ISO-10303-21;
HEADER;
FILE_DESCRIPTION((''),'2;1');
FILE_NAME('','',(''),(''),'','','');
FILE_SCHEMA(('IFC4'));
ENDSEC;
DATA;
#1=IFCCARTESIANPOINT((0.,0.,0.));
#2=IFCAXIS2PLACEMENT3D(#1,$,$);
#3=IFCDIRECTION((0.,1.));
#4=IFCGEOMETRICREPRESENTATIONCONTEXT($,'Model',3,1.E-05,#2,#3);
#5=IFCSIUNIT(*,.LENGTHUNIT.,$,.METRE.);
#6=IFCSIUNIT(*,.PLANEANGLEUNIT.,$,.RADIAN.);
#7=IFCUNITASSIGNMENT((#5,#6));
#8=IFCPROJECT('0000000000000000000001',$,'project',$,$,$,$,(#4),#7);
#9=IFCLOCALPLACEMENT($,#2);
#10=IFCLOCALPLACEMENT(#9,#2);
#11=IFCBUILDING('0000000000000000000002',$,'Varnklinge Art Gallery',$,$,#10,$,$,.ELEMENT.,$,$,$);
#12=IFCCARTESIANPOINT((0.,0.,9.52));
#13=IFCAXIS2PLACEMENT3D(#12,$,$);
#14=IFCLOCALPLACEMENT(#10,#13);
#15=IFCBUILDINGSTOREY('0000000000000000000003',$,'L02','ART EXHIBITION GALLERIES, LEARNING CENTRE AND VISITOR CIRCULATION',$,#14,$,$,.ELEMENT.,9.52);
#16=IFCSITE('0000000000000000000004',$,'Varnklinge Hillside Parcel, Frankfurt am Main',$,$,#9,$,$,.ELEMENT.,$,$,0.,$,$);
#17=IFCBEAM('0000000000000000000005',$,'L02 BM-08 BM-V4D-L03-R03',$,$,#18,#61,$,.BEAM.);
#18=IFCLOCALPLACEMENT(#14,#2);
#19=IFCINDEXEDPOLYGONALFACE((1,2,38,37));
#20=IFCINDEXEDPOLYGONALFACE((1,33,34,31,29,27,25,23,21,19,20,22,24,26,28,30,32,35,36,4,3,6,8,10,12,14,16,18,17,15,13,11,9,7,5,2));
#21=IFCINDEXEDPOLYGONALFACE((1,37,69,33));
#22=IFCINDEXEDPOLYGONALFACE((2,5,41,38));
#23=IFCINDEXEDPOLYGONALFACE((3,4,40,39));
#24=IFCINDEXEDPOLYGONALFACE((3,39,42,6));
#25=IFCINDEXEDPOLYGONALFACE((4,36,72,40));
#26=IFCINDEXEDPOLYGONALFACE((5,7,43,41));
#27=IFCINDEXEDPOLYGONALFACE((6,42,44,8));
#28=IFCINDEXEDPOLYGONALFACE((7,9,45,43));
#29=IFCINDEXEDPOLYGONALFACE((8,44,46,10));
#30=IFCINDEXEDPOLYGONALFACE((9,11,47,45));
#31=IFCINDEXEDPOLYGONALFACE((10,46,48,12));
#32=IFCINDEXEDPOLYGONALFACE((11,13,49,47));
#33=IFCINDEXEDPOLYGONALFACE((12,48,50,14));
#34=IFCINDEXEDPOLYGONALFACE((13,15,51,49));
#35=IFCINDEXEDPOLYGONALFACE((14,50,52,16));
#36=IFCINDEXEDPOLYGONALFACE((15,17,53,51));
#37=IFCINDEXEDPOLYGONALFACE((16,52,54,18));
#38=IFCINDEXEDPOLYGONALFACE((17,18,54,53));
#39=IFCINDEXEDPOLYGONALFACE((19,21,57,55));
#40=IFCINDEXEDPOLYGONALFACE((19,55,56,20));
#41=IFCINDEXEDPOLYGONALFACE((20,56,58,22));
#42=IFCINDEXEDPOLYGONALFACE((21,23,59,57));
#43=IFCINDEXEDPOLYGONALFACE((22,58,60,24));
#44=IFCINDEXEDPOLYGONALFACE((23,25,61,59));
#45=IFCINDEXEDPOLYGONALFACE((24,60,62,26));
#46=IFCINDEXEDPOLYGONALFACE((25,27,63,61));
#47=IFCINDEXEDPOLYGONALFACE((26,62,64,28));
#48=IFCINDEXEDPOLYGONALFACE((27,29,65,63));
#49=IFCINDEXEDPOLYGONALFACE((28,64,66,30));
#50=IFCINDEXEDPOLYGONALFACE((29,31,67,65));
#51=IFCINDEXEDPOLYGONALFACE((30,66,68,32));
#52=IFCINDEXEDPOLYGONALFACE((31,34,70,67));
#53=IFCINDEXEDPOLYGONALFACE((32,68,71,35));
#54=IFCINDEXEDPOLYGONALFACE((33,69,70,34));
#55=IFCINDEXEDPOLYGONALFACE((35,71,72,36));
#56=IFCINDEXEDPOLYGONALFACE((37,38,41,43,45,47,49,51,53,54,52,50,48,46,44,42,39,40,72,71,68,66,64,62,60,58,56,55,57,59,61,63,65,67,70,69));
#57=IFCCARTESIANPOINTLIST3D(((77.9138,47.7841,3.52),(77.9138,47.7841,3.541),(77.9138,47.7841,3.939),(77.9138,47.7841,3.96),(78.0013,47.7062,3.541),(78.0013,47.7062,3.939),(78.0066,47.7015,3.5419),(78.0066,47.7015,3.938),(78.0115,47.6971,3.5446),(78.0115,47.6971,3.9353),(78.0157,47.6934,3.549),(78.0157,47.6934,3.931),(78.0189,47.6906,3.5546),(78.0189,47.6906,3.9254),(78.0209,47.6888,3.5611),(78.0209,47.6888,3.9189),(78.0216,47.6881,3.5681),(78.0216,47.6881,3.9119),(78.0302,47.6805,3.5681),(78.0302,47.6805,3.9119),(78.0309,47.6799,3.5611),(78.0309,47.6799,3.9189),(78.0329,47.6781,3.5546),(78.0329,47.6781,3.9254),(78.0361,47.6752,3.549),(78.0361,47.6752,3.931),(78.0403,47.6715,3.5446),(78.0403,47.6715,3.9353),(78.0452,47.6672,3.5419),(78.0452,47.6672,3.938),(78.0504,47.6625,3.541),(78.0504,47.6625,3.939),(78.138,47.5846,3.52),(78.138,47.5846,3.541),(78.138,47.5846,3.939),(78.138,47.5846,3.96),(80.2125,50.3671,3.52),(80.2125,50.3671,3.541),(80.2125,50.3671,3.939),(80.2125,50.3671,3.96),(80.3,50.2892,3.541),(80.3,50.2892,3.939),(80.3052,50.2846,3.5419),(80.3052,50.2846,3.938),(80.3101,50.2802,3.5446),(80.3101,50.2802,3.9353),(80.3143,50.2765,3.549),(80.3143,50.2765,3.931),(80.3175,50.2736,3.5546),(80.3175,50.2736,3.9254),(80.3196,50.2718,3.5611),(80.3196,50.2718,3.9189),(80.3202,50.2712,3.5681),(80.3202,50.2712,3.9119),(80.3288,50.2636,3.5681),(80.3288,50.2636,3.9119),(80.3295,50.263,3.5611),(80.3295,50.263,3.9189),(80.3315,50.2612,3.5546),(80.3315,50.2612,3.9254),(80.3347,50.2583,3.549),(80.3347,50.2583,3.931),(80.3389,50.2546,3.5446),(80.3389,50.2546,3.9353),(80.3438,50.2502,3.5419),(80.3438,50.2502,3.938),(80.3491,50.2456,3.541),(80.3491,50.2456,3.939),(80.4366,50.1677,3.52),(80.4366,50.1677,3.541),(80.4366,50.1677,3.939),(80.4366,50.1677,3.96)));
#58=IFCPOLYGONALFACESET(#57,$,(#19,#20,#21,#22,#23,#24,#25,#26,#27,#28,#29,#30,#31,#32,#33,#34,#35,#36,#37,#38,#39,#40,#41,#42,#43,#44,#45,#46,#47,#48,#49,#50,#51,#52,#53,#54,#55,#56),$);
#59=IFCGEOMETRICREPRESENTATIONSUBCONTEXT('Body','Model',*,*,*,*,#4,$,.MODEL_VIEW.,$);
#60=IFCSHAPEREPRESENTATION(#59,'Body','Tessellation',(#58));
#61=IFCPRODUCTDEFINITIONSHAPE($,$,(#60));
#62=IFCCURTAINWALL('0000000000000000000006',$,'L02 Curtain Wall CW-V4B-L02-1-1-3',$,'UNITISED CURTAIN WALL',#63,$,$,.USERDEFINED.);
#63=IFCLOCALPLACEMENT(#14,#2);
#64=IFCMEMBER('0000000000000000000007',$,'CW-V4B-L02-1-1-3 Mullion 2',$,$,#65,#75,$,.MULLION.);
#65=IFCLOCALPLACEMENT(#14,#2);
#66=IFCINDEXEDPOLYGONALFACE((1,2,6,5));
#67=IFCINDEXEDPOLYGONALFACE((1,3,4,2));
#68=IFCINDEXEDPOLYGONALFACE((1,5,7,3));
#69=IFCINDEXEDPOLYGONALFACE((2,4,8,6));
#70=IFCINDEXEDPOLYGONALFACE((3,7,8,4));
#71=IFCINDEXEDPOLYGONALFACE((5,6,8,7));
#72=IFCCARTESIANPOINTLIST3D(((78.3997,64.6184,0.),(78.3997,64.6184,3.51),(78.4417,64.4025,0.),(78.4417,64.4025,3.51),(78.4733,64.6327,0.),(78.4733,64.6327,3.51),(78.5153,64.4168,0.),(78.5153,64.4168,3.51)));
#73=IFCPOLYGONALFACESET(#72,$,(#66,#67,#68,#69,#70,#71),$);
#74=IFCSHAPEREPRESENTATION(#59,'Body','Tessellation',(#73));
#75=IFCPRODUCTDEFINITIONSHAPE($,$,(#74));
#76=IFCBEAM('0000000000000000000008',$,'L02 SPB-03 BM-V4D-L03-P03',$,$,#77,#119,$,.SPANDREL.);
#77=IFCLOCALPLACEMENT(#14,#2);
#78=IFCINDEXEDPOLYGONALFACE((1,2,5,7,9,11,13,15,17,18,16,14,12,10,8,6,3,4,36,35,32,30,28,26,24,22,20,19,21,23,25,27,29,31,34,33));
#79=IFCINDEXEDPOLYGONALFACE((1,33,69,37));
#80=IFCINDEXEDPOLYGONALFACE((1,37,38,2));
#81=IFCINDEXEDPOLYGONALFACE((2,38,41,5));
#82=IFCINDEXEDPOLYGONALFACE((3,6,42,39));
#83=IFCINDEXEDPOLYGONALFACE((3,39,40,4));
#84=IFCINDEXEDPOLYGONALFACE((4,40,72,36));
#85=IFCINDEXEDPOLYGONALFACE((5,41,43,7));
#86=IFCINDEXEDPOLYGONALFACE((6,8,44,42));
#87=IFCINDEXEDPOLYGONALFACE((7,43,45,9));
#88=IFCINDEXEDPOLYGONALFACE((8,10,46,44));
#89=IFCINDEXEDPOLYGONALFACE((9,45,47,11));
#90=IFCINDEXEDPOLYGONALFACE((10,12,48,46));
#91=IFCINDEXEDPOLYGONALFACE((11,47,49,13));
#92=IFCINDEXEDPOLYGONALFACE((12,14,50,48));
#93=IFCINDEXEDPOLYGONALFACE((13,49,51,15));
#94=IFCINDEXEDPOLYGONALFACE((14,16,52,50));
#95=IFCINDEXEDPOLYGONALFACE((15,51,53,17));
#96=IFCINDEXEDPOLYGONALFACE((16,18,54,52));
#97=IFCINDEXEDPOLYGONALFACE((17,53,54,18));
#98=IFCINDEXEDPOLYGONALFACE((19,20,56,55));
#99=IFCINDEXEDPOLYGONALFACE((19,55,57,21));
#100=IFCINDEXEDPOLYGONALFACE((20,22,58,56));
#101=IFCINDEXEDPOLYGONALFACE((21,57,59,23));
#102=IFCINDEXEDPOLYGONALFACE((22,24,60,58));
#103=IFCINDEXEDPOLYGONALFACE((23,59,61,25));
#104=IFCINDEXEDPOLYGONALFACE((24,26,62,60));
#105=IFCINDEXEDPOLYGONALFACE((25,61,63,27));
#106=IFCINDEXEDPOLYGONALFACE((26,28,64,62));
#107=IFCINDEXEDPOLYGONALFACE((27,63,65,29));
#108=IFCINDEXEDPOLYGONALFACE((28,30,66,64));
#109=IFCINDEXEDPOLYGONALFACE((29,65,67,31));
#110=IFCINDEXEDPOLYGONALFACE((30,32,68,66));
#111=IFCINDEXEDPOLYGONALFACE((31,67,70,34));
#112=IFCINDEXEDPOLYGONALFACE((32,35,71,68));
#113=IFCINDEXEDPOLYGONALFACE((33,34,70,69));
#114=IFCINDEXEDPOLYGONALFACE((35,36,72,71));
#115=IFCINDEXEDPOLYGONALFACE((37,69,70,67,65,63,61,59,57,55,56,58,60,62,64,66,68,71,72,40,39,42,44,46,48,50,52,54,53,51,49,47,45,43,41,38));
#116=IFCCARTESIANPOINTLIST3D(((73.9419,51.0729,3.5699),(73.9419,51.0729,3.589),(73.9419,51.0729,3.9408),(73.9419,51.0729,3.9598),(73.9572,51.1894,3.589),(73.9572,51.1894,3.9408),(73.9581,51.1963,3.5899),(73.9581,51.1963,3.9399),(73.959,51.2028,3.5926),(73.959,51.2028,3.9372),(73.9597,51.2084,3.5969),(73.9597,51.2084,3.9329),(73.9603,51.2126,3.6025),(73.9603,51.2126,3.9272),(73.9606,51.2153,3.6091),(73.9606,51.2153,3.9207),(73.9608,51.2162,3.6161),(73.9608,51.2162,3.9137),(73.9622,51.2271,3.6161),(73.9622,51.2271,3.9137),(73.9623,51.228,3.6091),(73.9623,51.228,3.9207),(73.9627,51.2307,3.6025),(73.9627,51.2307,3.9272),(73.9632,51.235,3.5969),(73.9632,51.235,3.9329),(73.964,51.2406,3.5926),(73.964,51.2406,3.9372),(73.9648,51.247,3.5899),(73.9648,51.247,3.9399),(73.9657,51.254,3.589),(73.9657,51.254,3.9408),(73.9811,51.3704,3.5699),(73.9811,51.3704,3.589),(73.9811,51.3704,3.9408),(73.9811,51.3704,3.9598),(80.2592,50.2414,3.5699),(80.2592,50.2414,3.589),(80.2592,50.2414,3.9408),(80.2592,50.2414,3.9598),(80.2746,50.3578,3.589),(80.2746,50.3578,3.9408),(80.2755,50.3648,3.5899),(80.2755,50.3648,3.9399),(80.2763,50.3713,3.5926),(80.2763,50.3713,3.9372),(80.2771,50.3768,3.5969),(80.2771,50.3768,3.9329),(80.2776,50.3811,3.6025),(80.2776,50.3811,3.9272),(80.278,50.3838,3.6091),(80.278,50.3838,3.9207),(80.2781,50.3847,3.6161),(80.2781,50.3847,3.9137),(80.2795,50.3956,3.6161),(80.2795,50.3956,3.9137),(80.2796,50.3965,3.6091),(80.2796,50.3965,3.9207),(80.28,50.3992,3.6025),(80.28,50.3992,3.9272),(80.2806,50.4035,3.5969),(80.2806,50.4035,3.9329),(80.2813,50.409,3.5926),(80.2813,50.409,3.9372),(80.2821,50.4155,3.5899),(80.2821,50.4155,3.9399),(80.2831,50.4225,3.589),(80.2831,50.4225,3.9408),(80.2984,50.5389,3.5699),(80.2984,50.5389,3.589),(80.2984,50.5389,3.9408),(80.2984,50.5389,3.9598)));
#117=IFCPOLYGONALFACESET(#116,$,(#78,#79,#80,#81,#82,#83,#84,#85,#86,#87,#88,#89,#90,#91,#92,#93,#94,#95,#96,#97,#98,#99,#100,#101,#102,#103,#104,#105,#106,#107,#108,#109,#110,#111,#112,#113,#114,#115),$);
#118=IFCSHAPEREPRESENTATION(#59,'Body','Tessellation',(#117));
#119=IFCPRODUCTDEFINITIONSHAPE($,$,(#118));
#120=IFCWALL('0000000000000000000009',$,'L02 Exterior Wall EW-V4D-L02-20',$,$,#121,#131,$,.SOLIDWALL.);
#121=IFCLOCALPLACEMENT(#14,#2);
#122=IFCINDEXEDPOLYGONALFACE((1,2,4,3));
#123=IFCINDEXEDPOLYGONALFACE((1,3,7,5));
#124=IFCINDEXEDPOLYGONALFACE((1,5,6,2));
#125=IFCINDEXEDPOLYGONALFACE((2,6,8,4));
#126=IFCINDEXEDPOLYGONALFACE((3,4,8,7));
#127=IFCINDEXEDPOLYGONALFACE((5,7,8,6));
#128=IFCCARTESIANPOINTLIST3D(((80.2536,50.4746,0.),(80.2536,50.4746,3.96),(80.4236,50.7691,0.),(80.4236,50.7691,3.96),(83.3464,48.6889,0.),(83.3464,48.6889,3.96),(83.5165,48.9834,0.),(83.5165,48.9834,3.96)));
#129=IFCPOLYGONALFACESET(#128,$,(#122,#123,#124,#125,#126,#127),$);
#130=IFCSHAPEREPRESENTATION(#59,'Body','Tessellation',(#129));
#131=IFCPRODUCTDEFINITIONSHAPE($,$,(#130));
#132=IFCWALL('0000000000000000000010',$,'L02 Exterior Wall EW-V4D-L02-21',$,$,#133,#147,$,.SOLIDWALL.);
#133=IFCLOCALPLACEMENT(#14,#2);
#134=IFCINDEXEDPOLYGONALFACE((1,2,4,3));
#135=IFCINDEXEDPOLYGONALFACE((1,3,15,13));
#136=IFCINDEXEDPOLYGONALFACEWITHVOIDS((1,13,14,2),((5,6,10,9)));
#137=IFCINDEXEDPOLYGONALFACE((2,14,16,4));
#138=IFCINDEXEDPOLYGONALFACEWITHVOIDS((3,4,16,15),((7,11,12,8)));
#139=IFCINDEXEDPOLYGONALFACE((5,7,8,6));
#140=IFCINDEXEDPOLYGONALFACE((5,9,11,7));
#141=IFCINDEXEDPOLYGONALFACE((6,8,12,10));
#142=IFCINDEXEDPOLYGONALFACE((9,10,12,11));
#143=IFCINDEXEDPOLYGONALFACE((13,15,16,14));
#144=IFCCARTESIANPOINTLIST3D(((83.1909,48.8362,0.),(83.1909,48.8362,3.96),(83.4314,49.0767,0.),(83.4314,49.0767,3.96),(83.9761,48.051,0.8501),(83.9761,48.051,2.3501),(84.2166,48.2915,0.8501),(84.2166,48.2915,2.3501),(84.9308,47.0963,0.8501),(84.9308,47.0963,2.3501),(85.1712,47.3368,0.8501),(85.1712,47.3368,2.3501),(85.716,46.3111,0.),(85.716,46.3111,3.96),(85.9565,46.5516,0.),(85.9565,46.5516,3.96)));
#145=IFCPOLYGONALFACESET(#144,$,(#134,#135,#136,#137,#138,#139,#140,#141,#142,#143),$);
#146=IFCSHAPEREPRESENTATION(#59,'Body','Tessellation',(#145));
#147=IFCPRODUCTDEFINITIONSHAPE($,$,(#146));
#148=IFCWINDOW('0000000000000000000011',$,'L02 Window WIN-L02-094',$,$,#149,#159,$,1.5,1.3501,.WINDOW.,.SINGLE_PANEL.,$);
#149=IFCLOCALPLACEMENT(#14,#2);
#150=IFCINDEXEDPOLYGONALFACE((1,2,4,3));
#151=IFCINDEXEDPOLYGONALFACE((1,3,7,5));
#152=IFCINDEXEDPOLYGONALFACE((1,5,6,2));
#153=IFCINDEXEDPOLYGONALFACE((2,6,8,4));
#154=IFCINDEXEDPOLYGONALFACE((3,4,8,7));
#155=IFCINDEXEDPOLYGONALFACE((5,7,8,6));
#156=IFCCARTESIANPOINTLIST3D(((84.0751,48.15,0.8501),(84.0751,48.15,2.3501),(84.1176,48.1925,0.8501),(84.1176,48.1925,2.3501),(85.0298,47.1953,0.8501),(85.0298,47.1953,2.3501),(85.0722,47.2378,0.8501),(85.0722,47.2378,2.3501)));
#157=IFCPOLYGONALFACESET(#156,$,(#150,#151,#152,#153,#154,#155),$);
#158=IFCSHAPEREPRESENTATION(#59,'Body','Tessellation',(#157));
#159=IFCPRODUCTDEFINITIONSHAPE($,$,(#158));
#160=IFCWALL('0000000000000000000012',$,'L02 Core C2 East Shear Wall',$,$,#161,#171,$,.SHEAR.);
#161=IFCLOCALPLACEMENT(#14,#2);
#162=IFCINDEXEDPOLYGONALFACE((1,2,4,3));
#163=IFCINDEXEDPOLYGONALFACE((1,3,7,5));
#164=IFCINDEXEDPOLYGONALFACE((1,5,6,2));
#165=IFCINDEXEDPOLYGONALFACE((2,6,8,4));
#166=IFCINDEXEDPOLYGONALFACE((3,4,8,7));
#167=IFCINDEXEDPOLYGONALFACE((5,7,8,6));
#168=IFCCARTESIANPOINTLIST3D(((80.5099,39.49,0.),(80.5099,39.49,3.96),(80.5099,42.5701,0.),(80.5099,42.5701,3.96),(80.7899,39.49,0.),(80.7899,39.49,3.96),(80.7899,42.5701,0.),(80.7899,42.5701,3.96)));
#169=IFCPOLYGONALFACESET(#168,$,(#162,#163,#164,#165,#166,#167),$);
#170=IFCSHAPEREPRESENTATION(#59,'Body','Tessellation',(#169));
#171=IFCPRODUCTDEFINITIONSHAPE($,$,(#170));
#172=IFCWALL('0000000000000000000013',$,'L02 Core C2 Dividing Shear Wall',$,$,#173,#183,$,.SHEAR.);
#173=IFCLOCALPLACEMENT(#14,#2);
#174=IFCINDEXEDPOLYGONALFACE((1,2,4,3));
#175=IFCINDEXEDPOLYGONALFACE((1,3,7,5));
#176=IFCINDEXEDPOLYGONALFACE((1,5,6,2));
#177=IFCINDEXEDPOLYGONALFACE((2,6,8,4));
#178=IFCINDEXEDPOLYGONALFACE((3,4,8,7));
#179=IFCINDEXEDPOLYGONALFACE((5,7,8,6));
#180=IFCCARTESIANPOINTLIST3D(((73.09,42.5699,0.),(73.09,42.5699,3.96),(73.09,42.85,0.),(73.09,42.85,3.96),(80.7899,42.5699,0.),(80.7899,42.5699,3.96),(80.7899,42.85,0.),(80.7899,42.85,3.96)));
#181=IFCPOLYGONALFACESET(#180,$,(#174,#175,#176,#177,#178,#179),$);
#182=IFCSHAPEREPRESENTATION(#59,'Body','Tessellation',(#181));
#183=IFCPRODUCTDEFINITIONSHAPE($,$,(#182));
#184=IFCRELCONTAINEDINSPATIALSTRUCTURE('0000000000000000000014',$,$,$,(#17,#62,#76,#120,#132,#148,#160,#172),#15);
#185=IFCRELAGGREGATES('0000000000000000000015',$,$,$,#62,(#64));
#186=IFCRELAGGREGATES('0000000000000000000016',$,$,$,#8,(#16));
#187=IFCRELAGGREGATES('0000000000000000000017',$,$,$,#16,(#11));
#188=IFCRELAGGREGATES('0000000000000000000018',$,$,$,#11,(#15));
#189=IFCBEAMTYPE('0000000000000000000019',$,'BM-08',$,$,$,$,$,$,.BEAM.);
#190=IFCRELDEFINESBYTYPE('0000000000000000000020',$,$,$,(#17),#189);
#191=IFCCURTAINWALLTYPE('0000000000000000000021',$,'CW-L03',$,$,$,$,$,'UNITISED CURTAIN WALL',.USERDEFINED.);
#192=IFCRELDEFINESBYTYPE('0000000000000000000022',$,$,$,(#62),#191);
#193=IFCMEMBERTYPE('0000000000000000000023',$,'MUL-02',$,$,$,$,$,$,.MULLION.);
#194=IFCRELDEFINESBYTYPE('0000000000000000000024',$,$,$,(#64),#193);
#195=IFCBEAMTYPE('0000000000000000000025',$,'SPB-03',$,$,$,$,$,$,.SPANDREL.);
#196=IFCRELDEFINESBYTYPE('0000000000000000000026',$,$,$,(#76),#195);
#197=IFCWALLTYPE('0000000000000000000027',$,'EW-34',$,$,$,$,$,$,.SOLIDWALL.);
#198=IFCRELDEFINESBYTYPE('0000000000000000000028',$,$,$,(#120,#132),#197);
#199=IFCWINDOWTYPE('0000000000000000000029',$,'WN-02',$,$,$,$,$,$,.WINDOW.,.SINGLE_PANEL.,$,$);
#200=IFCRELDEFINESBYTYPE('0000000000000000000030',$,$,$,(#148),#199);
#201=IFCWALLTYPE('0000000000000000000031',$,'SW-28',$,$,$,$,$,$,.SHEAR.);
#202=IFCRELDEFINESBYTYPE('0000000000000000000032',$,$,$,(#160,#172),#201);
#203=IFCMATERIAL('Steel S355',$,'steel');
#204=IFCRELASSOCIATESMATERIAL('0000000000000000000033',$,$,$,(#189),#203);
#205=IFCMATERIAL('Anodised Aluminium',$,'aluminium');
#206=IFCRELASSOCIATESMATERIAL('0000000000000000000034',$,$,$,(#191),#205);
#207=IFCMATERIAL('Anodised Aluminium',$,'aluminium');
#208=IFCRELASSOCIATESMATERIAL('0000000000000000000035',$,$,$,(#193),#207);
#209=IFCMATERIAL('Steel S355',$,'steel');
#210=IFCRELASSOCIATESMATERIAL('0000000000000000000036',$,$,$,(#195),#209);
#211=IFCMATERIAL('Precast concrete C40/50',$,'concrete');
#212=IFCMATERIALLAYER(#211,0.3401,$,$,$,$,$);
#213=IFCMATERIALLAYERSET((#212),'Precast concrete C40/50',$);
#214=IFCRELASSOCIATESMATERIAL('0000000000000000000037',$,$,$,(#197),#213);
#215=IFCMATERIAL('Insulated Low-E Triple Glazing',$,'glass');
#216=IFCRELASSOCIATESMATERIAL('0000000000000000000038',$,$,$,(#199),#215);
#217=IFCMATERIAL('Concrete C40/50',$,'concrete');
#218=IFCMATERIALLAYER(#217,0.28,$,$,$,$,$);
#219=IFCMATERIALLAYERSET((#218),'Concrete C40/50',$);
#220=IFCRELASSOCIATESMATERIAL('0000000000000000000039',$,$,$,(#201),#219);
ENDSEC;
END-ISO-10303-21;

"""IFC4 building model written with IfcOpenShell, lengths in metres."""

from ifc_helpers import new_model, si_unit, direction, frame, frame_2d, origin, origin_2d, place, context, subcontext, project, spatial, rectangle, i_section, extrude, material, layer, layer_set, material_profile, profile_set, type_object, element, fill, aggregate, save


model = new_model("IFC4")

# Units and contexts
model_context = context("Model", 3, precision=1e-05, world=origin(), true_north=direction((0.0, 1.0)))
body_context = subcontext(model_context, "Body", "Model", "MODEL_VIEW")
ifc_project = project(units=[si_unit("LENGTHUNIT", "METRE"), si_unit("PLANEANGLEUNIT", "RADIAN")], contexts=[model_context])

# Site, building, storey
site_placement = place(None, origin())
site = spatial("IfcSite", under=ifc_project, at=site_placement, Name="Varnklinge Hillside Parcel, Frankfurt am Main", CompositionType="ELEMENT", RefElevation=0.0)
building_placement = place(site_placement, origin())
building = spatial("IfcBuilding", under=site, at=building_placement, Name="Varnklinge Art Gallery", CompositionType="ELEMENT")
storey_placement = place(building_placement, frame((0.0, 0.0, 9.52)))
storey = spatial("IfcBuildingStorey", under=building, at=storey_placement, Name="L02", Description="ART EXHIBITION GALLERIES, LEARNING CENTRE AND VISITOR CIRCULATION", CompositionType="ELEMENT", Elevation=9.52)

# Beam
ifc_material_1 = material(Name="Steel S355", Category="steel")
ifc_material_profile_1 = material_profile(ifc_material_1, i_section(OverallWidth=0.3, OverallDepth=0.4399, WebThickness=0.0115, FlangeThickness=0.021, FilletRadius=0.0271, at=origin_2d()), Name="HEA 450")
ifc_profile_set_1 = profile_set([ifc_material_profile_1], Name="Steel S355")
beam_type_1 = type_object("IfcBeamType", Name="BM-08", PredefinedType="BEAM", material=ifc_profile_set_1)
beam_1_placement = place(storey_placement, frame((78.0259, 47.6843, 3.74), z_axis=(0.66478, 0.747039, 0.0), x_axis=(-0.747039, 0.66478, 0.0)))
element("IfcBeam", 1, at=beam_1_placement, inside=storey, type_object=beam_type_1, Name="L02 BM-08 BM-V4D-L03-R03", PredefinedType="BEAM", context=body_context, shape_type="SweptSolid", body=[
    extrude(i_section(OverallWidth=0.3, OverallDepth=0.4399, WebThickness=0.0115, FlangeThickness=0.021, FilletRadius=0.0271, at=origin_2d()), origin(), (0.0, 0.0, 1.0), 3.4578),
])

# Curtain wall, member
ifc_material_2 = material(Name="Anodised Aluminium", Category="aluminium")
curtain_wall_type = type_object("IfcCurtainWallType", Name="CW-L03", ElementType="UNITISED CURTAIN WALL", PredefinedType="USERDEFINED", material=ifc_material_2)
curtain_wall_placement = place(storey_placement, origin())
curtain_wall = element("IfcCurtainWall", 2, at=curtain_wall_placement, inside=storey, type_object=curtain_wall_type, Name="L02 Curtain Wall CW-V4B-L02-1-1-3", ObjectType="UNITISED CURTAIN WALL", PredefinedType="USERDEFINED")
ifc_material_3 = material(Name="Anodised Aluminium", Category="aluminium")
ifc_material_profile_2 = material_profile(ifc_material_3, rectangle(XDim=0.075, YDim=0.22, at=origin_2d()), Name="ALU 75x220")
ifc_profile_set_2 = profile_set([ifc_material_profile_2], Name="Anodised Aluminium")
member_type = type_object("IfcMemberType", Name="MUL-02", PredefinedType="MULLION", material=ifc_profile_set_2)
member_placement = place(storey_placement, frame((78.4575, 64.5176, 0.0), z_axis=(0.0, 0.0, 1.0), x_axis=(0.981627, 0.190809, 0.0)))
member = element("IfcMember", 3, at=member_placement, type_object=member_type, Name="CW-V4B-L02-1-1-3 Mullion 2", PredefinedType="MULLION", context=body_context, shape_type="SweptSolid", body=[
    extrude(rectangle(XDim=0.075, YDim=0.22, at=origin_2d()), origin(), (0.0, 0.0, 1.0), 3.51),
])
aggregate(curtain_wall, [member])

# Beam
ifc_material_4 = material(Name="Steel S355", Category="steel")
ifc_material_profile_3 = material_profile(ifc_material_4, i_section(OverallWidth=0.3, OverallDepth=0.3899, WebThickness=0.011, FlangeThickness=0.019, FilletRadius=0.0271, at=origin_2d()), Name="HEA 400")
ifc_profile_set_3 = profile_set([ifc_material_profile_3], Name="Steel S355")
beam_type_2 = type_object("IfcBeamType", Name="SPB-03", PredefinedType="SPANDREL", material=ifc_profile_set_3)
beam_2_placement = place(storey_placement, frame((80.2788, 50.3901, 3.7649), z_axis=(-0.991448, 0.130502, 0.0), x_axis=(-0.130502, -0.991448, 0.0)))
element("IfcBeam", 4, at=beam_2_placement, inside=storey, type_object=beam_type_2, Name="L02 SPB-03 BM-V4D-L03-P03", PredefinedType="SPANDREL", context=body_context, shape_type="SweptSolid", body=[
    extrude(i_section(OverallWidth=0.3, OverallDepth=0.3899, WebThickness=0.011, FlangeThickness=0.019, FilletRadius=0.0271, at=origin_2d()), origin(), (0.0, 0.0, 1.0), 6.3718),
])

# Wall
ifc_material_5 = material(Name="Precast concrete C40/50", Category="concrete")
ifc_layer_1 = layer(ifc_material_5, 0.3401)
ifc_layer_set_1 = layer_set([ifc_layer_1], Name="Precast concrete C40/50")
wall_type_1 = type_object("IfcWallType", Name="EW-34", PredefinedType="SOLIDWALL", material=ifc_layer_set_1)
wall_1_placement = place(storey_placement, frame((80.3386, 50.6218, 0.0), z_axis=(0.0, 0.0, 1.0), x_axis=(0.866022, -0.500007, 0.0)))
element("IfcWall", 5, at=wall_1_placement, inside=storey, type_object=wall_type_1, Name="L02 Exterior Wall EW-V4D-L02-20", PredefinedType="SOLIDWALL", context=body_context, shape_type="SweptSolid", body=[
    extrude(rectangle(XDim=3.5713, YDim=0.3401, at=frame_2d((1.7856, 0.0))), origin(), (0.0, 0.0, 1.0), 3.96),
])

# Wall, opening, window
wall_2_placement = place(storey_placement, frame((83.311, 48.9565, 0.0), z_axis=(0.0, 0.0, 1.0), x_axis=(0.707107, -0.707107, 0.0)))
wall_2 = element("IfcWall", 6, at=wall_2_placement, inside=storey, type_object=wall_type_1, Name="L02 Exterior Wall EW-V4D-L02-21", PredefinedType="SOLIDWALL", context=body_context, shape_type="SweptSolid", body=[
    extrude(rectangle(XDim=3.571, YDim=0.3401, at=frame_2d((1.7856, 0.0))), origin(), (0.0, 0.0, 1.0), 3.96),
])
opening_placement = place(wall_2_placement, frame((1.1106, 0.0, 0.8501)))
opening = element("IfcOpeningElement", 7, at=opening_placement, cuts=wall_2, PredefinedType="OPENING", context=body_context, shape_type="SweptSolid", body=[
    extrude(rectangle(XDim=1.3501, YDim=1.5, at=frame_2d((0.675, 0.75))), frame((0.0, 0.1799, 0.0), z_axis=(0.0, -1.0, 0.0), x_axis=(1.0, 0.0, 0.0)), (0.0, 0.0, 1.0), 0.3601),
])
ifc_material_6 = material(Name="Insulated Low-E Triple Glazing", Category="glass")
window_type = type_object("IfcWindowType", Name="WN-02", PartitioningType="SINGLE_PANEL", PredefinedType="WINDOW", material=ifc_material_6)
window_placement = place(opening_placement, origin())
window = element("IfcWindow", 8, at=window_placement, inside=storey, type_object=window_type, Name="L02 Window WIN-L02-094", OverallHeight=1.5, OverallWidth=1.3501, PartitioningType="SINGLE_PANEL", PredefinedType="WINDOW", context=body_context, shape_type="SweptSolid", body=[
    extrude(rectangle(XDim=1.3501, YDim=1.5, at=frame_2d((0.675, 0.75))), frame((0.0, 0.03, 0.0), z_axis=(0.0, -1.0, 0.0), x_axis=(1.0, 0.0, 0.0)), (0.0, 0.0, 1.0), 0.0601),
])
fill(opening, window)

# Walls
ifc_material_7 = material(Name="Concrete C40/50", Category="concrete")
ifc_layer_2 = layer(ifc_material_7, 0.28)
ifc_layer_set_2 = layer_set([ifc_layer_2], Name="Concrete C40/50")
wall_type_2 = type_object("IfcWallType", Name="SW-28", PredefinedType="SHEAR", material=ifc_layer_set_2)
wall_3_placement = place(storey_placement, frame((80.6499, 39.49, 0.0), z_axis=(0.0, 0.0, 1.0), x_axis=(0.0, 1.0, 0.0)))
element("IfcWall", 9, at=wall_3_placement, inside=storey, type_object=wall_type_2, Name="L02 Core C2 East Shear Wall", PredefinedType="SHEAR", context=body_context, shape_type="SweptSolid", body=[
    extrude(rectangle(XDim=3.0801, YDim=0.28, at=frame_2d((1.54, 0.0))), origin(), (0.0, 0.0, 1.0), 3.96),
])
wall_4_placement = place(storey_placement, frame((80.79, 42.71, 0.0), z_axis=(0.0, 0.0, 1.0), x_axis=(-1.0, 0.0, 0.0)))
element("IfcWall", 10, at=wall_4_placement, inside=storey, type_object=wall_type_2, Name="L02 Core C2 Dividing Shear Wall", PredefinedType="SHEAR", context=body_context, shape_type="SweptSolid", body=[
    extrude(rectangle(XDim=7.7, YDim=0.28, at=frame_2d((3.8501, 0.0))), origin(), (0.0, 0.0, 1.0), 3.96),
])

save(model, "model.ifc")
